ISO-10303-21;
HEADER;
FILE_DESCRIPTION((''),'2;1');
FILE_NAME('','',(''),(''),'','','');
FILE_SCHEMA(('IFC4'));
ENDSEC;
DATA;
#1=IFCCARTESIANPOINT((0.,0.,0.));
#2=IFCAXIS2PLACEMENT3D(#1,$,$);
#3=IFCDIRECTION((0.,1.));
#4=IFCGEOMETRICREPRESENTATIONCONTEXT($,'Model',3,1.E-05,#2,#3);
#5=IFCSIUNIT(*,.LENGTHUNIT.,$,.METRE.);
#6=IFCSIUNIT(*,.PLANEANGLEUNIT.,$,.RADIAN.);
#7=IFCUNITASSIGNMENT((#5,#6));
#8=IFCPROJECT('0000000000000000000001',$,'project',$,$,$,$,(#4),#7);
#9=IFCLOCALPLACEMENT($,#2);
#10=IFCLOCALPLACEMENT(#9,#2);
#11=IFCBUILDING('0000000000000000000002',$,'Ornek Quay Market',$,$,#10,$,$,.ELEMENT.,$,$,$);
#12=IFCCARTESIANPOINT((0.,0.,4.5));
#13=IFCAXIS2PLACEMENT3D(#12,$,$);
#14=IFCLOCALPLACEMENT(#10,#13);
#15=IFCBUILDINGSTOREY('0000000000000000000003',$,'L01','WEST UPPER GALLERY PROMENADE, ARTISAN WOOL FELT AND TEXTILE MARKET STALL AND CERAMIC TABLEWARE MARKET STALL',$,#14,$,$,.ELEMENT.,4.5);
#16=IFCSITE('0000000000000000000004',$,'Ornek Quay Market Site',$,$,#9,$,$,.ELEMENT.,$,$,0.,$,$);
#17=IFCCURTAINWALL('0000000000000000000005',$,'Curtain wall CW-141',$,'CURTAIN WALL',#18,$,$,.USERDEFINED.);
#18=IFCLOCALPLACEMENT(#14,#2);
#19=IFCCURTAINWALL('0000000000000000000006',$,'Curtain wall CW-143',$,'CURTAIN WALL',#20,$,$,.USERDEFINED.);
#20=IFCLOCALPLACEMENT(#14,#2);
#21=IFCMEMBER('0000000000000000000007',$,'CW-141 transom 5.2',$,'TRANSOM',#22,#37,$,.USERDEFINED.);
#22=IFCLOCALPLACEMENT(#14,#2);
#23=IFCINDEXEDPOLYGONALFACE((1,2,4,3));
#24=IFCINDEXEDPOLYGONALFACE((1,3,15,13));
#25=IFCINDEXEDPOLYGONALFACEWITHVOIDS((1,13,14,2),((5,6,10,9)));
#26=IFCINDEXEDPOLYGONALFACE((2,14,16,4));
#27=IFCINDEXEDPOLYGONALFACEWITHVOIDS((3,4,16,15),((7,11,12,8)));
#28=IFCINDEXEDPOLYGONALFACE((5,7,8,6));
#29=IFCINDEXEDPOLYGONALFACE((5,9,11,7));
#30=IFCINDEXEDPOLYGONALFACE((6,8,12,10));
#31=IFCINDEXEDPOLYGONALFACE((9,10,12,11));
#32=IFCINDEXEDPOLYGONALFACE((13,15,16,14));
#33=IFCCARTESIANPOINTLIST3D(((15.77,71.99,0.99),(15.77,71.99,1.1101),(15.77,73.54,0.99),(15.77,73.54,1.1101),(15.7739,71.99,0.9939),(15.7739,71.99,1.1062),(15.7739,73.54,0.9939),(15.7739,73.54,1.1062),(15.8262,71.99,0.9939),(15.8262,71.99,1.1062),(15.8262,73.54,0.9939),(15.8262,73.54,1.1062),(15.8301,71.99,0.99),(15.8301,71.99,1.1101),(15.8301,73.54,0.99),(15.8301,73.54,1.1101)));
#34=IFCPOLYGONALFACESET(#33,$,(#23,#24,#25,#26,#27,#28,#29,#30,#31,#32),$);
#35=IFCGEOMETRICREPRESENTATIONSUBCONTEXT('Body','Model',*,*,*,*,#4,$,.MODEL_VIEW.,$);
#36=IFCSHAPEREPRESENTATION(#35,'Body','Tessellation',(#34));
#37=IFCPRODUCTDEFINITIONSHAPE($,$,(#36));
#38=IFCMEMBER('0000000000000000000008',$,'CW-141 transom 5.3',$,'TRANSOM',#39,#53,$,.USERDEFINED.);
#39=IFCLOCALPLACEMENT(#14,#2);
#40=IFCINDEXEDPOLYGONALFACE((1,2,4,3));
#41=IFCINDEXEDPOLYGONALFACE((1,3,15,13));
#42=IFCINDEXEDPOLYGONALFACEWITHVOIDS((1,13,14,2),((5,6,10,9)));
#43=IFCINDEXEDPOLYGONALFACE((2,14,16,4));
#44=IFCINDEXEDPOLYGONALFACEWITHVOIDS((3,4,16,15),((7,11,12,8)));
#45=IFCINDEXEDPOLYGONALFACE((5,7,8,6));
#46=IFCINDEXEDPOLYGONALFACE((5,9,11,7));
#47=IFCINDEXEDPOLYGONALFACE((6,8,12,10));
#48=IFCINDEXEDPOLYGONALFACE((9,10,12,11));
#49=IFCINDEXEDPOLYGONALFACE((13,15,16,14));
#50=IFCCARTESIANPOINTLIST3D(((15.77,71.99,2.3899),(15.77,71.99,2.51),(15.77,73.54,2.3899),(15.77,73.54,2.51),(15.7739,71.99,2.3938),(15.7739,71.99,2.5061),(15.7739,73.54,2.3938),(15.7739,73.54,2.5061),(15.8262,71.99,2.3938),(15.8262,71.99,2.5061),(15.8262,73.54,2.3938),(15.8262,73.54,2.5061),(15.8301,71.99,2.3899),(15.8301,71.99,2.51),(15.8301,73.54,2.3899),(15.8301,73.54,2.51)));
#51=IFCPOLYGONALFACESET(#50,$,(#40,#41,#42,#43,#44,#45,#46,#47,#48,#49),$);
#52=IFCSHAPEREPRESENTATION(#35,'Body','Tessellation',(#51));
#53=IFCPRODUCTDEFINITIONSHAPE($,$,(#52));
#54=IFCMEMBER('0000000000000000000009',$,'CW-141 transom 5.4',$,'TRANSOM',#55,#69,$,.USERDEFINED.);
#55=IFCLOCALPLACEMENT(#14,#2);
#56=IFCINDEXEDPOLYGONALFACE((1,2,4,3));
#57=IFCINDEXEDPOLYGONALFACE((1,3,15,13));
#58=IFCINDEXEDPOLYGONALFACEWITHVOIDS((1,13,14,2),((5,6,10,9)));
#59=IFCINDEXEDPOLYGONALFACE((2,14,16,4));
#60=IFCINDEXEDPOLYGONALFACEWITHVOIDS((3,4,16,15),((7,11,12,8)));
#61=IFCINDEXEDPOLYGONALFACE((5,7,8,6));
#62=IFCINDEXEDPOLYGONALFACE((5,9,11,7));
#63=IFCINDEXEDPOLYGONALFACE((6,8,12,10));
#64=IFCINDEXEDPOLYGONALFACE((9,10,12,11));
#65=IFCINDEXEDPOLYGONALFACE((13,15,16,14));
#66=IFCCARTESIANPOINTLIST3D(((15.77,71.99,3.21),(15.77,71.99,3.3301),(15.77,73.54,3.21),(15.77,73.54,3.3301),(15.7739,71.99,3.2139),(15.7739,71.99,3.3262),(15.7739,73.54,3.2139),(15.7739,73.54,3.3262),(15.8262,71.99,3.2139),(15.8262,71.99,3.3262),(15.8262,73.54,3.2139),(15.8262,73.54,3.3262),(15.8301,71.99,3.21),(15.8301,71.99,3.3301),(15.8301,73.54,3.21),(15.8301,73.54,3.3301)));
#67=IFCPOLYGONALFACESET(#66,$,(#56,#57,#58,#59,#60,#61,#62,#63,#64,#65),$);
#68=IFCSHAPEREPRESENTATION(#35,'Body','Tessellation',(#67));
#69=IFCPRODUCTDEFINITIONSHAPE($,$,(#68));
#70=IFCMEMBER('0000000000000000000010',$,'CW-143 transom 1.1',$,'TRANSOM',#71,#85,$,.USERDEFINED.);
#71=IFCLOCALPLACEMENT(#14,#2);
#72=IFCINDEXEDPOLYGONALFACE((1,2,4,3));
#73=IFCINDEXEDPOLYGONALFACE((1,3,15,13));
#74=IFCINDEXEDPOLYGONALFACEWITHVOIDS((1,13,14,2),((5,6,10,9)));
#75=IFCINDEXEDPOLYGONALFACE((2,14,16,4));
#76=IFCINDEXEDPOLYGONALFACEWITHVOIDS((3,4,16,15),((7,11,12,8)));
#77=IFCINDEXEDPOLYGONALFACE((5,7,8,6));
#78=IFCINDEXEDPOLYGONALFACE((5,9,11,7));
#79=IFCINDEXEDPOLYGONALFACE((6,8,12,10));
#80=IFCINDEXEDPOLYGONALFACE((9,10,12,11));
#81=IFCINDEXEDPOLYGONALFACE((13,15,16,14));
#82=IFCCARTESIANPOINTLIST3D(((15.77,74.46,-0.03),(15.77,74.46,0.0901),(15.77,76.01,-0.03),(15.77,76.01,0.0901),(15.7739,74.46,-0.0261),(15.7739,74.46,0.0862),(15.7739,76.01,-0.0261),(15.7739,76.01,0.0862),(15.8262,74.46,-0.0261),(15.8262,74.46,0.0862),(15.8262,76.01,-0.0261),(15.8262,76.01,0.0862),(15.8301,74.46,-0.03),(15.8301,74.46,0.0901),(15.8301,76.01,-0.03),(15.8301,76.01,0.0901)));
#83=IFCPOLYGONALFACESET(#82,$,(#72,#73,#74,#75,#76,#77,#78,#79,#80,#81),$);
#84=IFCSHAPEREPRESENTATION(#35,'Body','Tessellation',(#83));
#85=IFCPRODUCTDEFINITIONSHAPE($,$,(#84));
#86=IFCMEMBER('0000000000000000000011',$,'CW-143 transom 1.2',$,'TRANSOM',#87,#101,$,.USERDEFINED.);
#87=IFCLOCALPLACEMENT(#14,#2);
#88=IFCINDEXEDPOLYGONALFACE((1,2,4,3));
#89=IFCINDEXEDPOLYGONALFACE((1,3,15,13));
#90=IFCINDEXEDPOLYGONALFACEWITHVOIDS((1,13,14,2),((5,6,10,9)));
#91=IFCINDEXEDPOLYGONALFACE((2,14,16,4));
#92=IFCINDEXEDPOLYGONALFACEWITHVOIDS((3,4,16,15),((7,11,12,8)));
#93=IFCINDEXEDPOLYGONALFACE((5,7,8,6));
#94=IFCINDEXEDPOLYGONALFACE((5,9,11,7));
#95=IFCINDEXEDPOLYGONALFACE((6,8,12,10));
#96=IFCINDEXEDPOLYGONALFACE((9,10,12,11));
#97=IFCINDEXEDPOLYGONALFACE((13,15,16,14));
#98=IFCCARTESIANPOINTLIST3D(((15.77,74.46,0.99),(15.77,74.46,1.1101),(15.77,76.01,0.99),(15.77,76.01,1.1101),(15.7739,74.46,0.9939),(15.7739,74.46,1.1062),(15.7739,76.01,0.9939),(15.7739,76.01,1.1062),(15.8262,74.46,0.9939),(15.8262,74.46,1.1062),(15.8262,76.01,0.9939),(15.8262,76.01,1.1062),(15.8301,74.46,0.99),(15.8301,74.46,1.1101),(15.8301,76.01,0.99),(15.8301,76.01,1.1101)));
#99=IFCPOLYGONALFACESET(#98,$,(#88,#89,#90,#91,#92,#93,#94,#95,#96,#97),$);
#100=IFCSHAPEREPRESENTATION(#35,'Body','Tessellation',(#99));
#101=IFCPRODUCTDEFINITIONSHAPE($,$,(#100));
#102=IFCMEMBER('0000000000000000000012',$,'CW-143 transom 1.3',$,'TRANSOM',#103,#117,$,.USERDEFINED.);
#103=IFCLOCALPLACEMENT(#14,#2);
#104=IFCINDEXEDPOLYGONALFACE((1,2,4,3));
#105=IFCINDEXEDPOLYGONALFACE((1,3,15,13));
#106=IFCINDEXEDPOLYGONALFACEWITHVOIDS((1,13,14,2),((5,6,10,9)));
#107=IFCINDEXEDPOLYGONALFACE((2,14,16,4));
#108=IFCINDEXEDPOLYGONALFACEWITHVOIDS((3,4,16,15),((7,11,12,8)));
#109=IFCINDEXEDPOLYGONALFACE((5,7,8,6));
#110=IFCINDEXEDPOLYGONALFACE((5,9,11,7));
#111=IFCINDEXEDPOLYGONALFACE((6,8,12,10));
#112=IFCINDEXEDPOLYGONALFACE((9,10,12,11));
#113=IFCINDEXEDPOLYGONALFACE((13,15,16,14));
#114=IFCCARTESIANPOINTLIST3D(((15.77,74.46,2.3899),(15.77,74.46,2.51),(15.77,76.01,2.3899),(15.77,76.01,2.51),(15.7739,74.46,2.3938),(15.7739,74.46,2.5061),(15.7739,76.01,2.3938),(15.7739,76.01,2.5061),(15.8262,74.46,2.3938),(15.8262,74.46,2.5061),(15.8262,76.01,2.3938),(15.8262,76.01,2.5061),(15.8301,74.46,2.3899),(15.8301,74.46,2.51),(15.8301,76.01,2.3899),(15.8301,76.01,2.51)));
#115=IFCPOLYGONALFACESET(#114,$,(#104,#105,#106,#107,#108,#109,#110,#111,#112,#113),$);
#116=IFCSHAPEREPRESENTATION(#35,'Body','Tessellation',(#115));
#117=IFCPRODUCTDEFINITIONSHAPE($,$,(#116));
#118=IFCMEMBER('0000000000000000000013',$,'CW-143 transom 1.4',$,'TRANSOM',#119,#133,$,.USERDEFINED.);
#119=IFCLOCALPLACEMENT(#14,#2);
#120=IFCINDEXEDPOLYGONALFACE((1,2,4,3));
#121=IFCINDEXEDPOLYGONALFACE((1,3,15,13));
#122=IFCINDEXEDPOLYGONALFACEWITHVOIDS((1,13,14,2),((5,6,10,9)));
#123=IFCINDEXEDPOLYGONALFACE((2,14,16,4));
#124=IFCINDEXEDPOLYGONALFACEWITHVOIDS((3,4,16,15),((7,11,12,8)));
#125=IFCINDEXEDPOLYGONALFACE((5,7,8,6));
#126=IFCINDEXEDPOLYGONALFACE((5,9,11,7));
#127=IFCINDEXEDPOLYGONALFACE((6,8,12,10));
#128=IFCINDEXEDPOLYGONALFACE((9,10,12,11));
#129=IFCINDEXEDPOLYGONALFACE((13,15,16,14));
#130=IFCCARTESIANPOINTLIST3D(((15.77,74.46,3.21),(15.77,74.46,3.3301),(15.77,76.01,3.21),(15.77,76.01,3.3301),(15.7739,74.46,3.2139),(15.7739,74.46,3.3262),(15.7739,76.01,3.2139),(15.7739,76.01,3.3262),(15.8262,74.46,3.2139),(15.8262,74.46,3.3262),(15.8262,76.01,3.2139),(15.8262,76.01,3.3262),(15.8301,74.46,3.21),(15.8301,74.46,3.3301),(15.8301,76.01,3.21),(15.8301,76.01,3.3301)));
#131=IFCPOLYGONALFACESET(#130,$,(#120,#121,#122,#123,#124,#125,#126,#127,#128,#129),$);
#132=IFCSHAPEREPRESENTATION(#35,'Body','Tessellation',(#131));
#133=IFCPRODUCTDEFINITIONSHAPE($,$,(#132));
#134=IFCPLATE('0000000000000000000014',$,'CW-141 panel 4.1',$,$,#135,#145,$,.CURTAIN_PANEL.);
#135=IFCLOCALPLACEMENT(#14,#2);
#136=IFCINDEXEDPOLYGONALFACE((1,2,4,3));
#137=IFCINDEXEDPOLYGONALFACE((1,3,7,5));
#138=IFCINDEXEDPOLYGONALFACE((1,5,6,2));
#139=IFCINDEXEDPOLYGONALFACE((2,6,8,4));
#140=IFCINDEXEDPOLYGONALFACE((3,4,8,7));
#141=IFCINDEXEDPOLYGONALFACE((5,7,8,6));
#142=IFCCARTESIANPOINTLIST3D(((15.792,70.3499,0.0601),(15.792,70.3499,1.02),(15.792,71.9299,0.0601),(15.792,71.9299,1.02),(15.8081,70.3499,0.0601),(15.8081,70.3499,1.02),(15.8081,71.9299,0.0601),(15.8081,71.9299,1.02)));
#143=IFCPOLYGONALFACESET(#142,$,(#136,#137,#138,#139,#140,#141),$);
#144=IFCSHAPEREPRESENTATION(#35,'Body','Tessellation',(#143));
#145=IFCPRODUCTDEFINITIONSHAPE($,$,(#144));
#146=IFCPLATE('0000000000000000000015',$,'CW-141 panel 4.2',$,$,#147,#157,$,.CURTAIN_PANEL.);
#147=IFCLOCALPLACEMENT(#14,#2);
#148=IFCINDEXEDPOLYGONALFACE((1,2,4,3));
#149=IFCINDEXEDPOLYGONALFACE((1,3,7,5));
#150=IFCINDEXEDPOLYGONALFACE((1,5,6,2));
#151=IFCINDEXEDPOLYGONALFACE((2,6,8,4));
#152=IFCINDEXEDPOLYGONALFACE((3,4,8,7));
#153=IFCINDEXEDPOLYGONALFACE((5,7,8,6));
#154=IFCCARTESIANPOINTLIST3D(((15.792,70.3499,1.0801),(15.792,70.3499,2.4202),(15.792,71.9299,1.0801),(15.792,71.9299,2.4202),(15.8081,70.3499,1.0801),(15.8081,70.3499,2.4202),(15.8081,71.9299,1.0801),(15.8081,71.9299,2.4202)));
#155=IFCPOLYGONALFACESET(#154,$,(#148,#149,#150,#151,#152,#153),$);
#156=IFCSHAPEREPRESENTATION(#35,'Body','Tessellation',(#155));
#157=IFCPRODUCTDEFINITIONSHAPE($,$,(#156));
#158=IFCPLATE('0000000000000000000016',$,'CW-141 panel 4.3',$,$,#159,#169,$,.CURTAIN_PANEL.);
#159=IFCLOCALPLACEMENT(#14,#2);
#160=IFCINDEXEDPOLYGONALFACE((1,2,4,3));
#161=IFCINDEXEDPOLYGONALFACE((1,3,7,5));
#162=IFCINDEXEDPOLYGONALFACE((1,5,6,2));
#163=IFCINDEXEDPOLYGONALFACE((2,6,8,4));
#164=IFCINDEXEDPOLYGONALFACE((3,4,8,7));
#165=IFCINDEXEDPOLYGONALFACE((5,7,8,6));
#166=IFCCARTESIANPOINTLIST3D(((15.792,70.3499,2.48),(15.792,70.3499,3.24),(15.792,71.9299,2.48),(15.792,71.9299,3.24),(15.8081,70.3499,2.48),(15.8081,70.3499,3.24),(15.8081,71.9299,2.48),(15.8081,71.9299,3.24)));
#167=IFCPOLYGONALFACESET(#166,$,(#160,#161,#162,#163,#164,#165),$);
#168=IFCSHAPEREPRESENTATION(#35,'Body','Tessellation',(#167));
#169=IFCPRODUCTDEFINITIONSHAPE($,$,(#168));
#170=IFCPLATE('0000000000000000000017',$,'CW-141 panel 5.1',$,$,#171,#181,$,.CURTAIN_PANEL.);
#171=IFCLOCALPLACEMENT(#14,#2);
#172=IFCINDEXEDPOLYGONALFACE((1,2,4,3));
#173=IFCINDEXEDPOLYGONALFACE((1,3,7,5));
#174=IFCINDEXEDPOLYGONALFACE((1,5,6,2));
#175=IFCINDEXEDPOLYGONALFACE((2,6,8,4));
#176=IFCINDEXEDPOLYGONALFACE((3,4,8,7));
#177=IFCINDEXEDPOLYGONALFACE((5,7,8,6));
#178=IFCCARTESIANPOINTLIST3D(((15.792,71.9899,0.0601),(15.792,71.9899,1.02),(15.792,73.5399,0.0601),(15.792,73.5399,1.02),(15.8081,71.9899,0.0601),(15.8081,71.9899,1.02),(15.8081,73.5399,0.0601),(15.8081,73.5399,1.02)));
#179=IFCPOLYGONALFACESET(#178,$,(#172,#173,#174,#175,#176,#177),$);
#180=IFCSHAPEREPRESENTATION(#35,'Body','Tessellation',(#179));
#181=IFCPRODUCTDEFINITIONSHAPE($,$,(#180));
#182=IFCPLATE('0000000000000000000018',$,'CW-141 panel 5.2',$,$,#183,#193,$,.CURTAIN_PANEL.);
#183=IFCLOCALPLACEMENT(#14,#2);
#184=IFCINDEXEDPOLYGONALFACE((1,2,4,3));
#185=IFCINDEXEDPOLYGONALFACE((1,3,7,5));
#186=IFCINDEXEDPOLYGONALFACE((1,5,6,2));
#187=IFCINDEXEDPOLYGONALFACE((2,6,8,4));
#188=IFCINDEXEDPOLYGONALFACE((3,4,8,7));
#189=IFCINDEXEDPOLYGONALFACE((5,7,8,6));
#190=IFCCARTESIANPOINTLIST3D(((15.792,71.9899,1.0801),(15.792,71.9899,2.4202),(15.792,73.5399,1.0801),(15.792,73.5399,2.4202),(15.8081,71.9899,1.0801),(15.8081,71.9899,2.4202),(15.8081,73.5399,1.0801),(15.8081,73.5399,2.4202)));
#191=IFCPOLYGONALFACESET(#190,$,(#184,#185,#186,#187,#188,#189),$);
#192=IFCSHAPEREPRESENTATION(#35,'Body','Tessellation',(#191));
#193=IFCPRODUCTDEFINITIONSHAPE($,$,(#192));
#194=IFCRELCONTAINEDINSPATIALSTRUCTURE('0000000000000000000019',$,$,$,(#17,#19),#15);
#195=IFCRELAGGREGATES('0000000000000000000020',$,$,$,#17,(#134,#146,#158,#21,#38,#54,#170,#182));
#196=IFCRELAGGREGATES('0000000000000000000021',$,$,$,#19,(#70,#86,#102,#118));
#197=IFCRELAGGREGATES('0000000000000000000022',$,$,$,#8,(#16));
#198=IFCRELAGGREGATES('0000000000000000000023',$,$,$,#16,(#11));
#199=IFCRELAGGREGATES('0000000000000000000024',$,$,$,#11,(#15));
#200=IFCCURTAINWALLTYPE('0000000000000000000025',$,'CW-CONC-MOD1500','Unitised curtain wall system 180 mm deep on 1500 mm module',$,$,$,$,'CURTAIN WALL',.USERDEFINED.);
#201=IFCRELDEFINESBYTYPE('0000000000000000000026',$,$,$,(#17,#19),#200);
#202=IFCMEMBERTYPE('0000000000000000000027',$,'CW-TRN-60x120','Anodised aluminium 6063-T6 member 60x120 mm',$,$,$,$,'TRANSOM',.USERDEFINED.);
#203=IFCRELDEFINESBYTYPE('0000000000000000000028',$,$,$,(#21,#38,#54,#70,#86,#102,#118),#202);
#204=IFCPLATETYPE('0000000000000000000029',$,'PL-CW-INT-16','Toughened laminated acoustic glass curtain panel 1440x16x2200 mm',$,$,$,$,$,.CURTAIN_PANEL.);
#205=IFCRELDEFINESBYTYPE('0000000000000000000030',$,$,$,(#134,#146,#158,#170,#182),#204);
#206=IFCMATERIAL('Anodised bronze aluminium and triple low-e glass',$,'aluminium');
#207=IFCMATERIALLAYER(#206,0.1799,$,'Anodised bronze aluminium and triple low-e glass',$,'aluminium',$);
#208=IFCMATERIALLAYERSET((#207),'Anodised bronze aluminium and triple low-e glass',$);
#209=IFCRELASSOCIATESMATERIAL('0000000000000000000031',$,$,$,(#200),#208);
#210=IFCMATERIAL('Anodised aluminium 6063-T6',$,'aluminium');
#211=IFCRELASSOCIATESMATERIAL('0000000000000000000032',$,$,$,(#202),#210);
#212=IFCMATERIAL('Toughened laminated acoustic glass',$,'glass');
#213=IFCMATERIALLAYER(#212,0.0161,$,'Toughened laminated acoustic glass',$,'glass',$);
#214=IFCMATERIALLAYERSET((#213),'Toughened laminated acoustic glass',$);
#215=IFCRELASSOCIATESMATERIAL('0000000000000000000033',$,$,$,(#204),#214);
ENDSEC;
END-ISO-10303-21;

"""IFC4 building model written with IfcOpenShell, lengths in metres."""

from ifc_helpers import new_model, si_unit, direction, frame, origin, origin_2d, place, context, subcontext, project, spatial, rectangle, hollow_rectangle, extrude, material, layer, layer_set, material_profile, profile_set, type_object, element, aggregate, save


model = new_model("IFC4")

# Units and contexts
model_context = context("Model", 3, precision=1e-05, world=origin(), true_north=direction((0.0, 1.0)))
body_context = subcontext(model_context, "Body", "Model", "MODEL_VIEW")
ifc_project = project(units=[si_unit("LENGTHUNIT", "METRE"), si_unit("PLANEANGLEUNIT", "RADIAN")], contexts=[model_context])

# Site, building, storey
site_placement = place(None, origin())
site = spatial("IfcSite", under=ifc_project, at=site_placement, Name="Ornek Quay Market Site", CompositionType="ELEMENT", RefElevation=0.0)
building_placement = place(site_placement, origin())
building = spatial("IfcBuilding", under=site, at=building_placement, Name="Ornek Quay Market", CompositionType="ELEMENT")
storey_placement = place(building_placement, frame((0.0, 0.0, 4.5)))
storey = spatial("IfcBuildingStorey", under=building, at=storey_placement, Name="L01", Description="WEST UPPER GALLERY PROMENADE, ARTISAN WOOL FELT AND TEXTILE MARKET STALL AND CERAMIC TABLEWARE MARKET STALL", CompositionType="ELEMENT", Elevation=4.5)

# Curtain walls
ifc_material_1 = material(Name="Anodised bronze aluminium and triple low-e glass", Category="aluminium")
ifc_layer_1 = layer(ifc_material_1, 0.1799, Name="Anodised bronze aluminium and triple low-e glass", Category="aluminium")
ifc_layer_set_1 = layer_set([ifc_layer_1], Name="Anodised bronze aluminium and triple low-e glass")
curtain_wall_type = type_object("IfcCurtainWallType", Name="CW-CONC-MOD1500", Description="Unitised curtain wall system 180 mm deep on 1500 mm module", ElementType="CURTAIN WALL", PredefinedType="USERDEFINED", material=ifc_layer_set_1)
curtain_wall_1_placement = place(storey_placement, origin())
curtain_wall_1 = element("IfcCurtainWall", 1, at=curtain_wall_1_placement, inside=storey, type_object=curtain_wall_type, Name="Curtain wall CW-141", ObjectType="CURTAIN WALL", PredefinedType="USERDEFINED")
ifc_material_2 = material(Name="Anodised aluminium 6063-T6", Category="aluminium")
curtain_wall_2_placement = place(storey_placement, origin())
curtain_wall_2 = element("IfcCurtainWall", 2, at=curtain_wall_2_placement, inside=storey, type_object=curtain_wall_type, Name="Curtain wall CW-143", ObjectType="CURTAIN WALL", PredefinedType="USERDEFINED")

# Members
ifc_material_profile_1 = material_profile(ifc_material_2, hollow_rectangle(XDim=0.0601, YDim=0.1201, WallThickness=0.0039, at=origin_2d()), Name="CW-TRN-60x120", Category="aluminium")
ifc_profile_set_1 = profile_set([ifc_material_profile_1], Name="Anodised aluminium 6063-T6")
member_type_1 = type_object("IfcMemberType", Name="CW-TRN-60x120", Description="Anodised aluminium 6063-T6 member 60x120 mm", ElementType="TRANSOM", PredefinedType="USERDEFINED", material=ifc_profile_set_1)
member_1_placement = place(storey_placement, frame((15.8, 71.99, 1.05), z_axis=(0.0, 1.0, 0.0), x_axis=(-1.0, 0.0, 0.0)))
member_1 = element("IfcMember", 3, at=member_1_placement, type_object=member_type_1, Name="CW-141 transom 5.2", ObjectType="TRANSOM", PredefinedType="USERDEFINED", context=body_context, shape_type="SweptSolid", body=[
    extrude(hollow_rectangle(XDim=0.0601, YDim=0.1201, WallThickness=0.0039, at=origin_2d()), origin(), (0.0, 0.0, 1.0), 1.55),
])
member_2_placement = place(storey_placement, frame((15.8, 71.99, 2.45), z_axis=(0.0, 1.0, 0.0), x_axis=(-1.0, 0.0, 0.0)))
member_2 = element("IfcMember", 4, at=member_2_placement, type_object=member_type_1, Name="CW-141 transom 5.3", ObjectType="TRANSOM", PredefinedType="USERDEFINED", context=body_context, shape_type="SweptSolid", body=[
    extrude(hollow_rectangle(XDim=0.0601, YDim=0.1201, WallThickness=0.0039, at=origin_2d()), origin(), (0.0, 0.0, 1.0), 1.55),
])
member_3_placement = place(storey_placement, frame((15.8, 71.99, 3.27), z_axis=(0.0, 1.0, 0.0), x_axis=(-1.0, 0.0, 0.0)))
member_3 = element("IfcMember", 5, at=member_3_placement, type_object=member_type_1, Name="CW-141 transom 5.4", ObjectType="TRANSOM", PredefinedType="USERDEFINED", context=body_context, shape_type="SweptSolid", body=[
    extrude(hollow_rectangle(XDim=0.0601, YDim=0.1201, WallThickness=0.0039, at=origin_2d()), origin(), (0.0, 0.0, 1.0), 1.55),
])
member_4_placement = place(storey_placement, frame((15.8, 74.46, 0.03), z_axis=(0.0, 1.0, 0.0), x_axis=(-1.0, 0.0, 0.0)))
member_4 = element("IfcMember", 6, at=member_4_placement, type_object=member_type_1, Name="CW-143 transom 1.1", ObjectType="TRANSOM", PredefinedType="USERDEFINED", context=body_context, shape_type="SweptSolid", body=[
    extrude(hollow_rectangle(XDim=0.0601, YDim=0.1201, WallThickness=0.0039, at=origin_2d()), origin(), (0.0, 0.0, 1.0), 1.55),
])
member_5_placement = place(storey_placement, frame((15.8, 74.46, 1.05), z_axis=(0.0, 1.0, 0.0), x_axis=(-1.0, 0.0, 0.0)))
member_5 = element("IfcMember", 7, at=member_5_placement, type_object=member_type_1, Name="CW-143 transom 1.2", ObjectType="TRANSOM", PredefinedType="USERDEFINED", context=body_context, shape_type="SweptSolid", body=[
    extrude(hollow_rectangle(XDim=0.0601, YDim=0.1201, WallThickness=0.0039, at=origin_2d()), origin(), (0.0, 0.0, 1.0), 1.55),
])
member_6_placement = place(storey_placement, frame((15.8, 74.46, 2.45), z_axis=(0.0, 1.0, 0.0), x_axis=(-1.0, 0.0, 0.0)))
member_6 = element("IfcMember", 8, at=member_6_placement, type_object=member_type_1, Name="CW-143 transom 1.3", ObjectType="TRANSOM", PredefinedType="USERDEFINED", context=body_context, shape_type="SweptSolid", body=[
    extrude(hollow_rectangle(XDim=0.0601, YDim=0.1201, WallThickness=0.0039, at=origin_2d()), origin(), (0.0, 0.0, 1.0), 1.55),
])
member_7_placement = place(storey_placement, frame((15.8, 74.46, 3.27), z_axis=(0.0, 1.0, 0.0), x_axis=(-1.0, 0.0, 0.0)))
member_7 = element("IfcMember", 9, at=member_7_placement, type_object=member_type_1, Name="CW-143 transom 1.4", ObjectType="TRANSOM", PredefinedType="USERDEFINED", context=body_context, shape_type="SweptSolid", body=[
    extrude(hollow_rectangle(XDim=0.0601, YDim=0.1201, WallThickness=0.0039, at=origin_2d()), origin(), (0.0, 0.0, 1.0), 1.55),
])

# Plates
ifc_material_3 = material(Name="Toughened laminated acoustic glass", Category="glass")
ifc_layer_2 = layer(ifc_material_3, 0.0161, Name="Toughened laminated acoustic glass", Category="glass")
ifc_layer_set_2 = layer_set([ifc_layer_2], Name="Toughened laminated acoustic glass")
plate_type = type_object("IfcPlateType", Name="PL-CW-INT-16", Description="Toughened laminated acoustic glass curtain panel 1440x16x2200 mm", PredefinedType="CURTAIN_PANEL", material=ifc_layer_set_2)
plate_1_placement = place(storey_placement, frame((15.8, 71.1399, 0.0601), z_axis=(0.0, 0.0, 1.0), x_axis=(0.0, 1.0, 0.0)))
plate_1 = element("IfcPlate", 10, at=plate_1_placement, type_object=plate_type, Name="CW-141 panel 4.1", PredefinedType="CURTAIN_PANEL", context=body_context, shape_type="SweptSolid", body=[
    extrude(rectangle(XDim=1.5801, YDim=0.0161, at=origin_2d()), origin(), (0.0, 0.0, 1.0), 0.96),
])
plate_2_placement = place(storey_placement, frame((15.8, 71.1399, 1.0801), z_axis=(0.0, 0.0, 1.0), x_axis=(0.0, 1.0, 0.0)))
plate_2 = element("IfcPlate", 11, at=plate_2_placement, type_object=plate_type, Name="CW-141 panel 4.2", PredefinedType="CURTAIN_PANEL", context=body_context, shape_type="SweptSolid", body=[
    extrude(rectangle(XDim=1.5801, YDim=0.0161, at=origin_2d()), origin(), (0.0, 0.0, 1.0), 1.3401),
])
plate_3_placement = place(storey_placement, frame((15.8, 71.1399, 2.48), z_axis=(0.0, 0.0, 1.0), x_axis=(0.0, 1.0, 0.0)))
plate_3 = element("IfcPlate", 12, at=plate_3_placement, type_object=plate_type, Name="CW-141 panel 4.3", PredefinedType="CURTAIN_PANEL", context=body_context, shape_type="SweptSolid", body=[
    extrude(rectangle(XDim=1.5801, YDim=0.0161, at=origin_2d()), origin(), (0.0, 0.0, 1.0), 0.76),
])
plate_4_placement = place(storey_placement, frame((15.8, 72.7649, 0.0601), z_axis=(0.0, 0.0, 1.0), x_axis=(0.0, 1.0, 0.0)))
plate_4 = element("IfcPlate", 13, at=plate_4_placement, type_object=plate_type, Name="CW-141 panel 5.1", PredefinedType="CURTAIN_PANEL", context=body_context, shape_type="SweptSolid", body=[
    extrude(rectangle(XDim=1.55, YDim=0.0161, at=origin_2d()), origin(), (0.0, 0.0, 1.0), 0.96),
])
plate_5_placement = place(storey_placement, frame((15.8, 72.7649, 1.0801), z_axis=(0.0, 0.0, 1.0), x_axis=(0.0, 1.0, 0.0)))
plate_5 = element("IfcPlate", 14, at=plate_5_placement, type_object=plate_type, Name="CW-141 panel 5.2", PredefinedType="CURTAIN_PANEL", context=body_context, shape_type="SweptSolid", body=[
    extrude(rectangle(XDim=1.55, YDim=0.0161, at=origin_2d()), origin(), (0.0, 0.0, 1.0), 1.3401),
])
aggregate(curtain_wall_1, [plate_1, plate_2, plate_3, member_1, member_2, member_3, plate_4, plate_5])
aggregate(curtain_wall_2, [member_4, member_5, member_6, member_7])

save(model, "model.ifc")
